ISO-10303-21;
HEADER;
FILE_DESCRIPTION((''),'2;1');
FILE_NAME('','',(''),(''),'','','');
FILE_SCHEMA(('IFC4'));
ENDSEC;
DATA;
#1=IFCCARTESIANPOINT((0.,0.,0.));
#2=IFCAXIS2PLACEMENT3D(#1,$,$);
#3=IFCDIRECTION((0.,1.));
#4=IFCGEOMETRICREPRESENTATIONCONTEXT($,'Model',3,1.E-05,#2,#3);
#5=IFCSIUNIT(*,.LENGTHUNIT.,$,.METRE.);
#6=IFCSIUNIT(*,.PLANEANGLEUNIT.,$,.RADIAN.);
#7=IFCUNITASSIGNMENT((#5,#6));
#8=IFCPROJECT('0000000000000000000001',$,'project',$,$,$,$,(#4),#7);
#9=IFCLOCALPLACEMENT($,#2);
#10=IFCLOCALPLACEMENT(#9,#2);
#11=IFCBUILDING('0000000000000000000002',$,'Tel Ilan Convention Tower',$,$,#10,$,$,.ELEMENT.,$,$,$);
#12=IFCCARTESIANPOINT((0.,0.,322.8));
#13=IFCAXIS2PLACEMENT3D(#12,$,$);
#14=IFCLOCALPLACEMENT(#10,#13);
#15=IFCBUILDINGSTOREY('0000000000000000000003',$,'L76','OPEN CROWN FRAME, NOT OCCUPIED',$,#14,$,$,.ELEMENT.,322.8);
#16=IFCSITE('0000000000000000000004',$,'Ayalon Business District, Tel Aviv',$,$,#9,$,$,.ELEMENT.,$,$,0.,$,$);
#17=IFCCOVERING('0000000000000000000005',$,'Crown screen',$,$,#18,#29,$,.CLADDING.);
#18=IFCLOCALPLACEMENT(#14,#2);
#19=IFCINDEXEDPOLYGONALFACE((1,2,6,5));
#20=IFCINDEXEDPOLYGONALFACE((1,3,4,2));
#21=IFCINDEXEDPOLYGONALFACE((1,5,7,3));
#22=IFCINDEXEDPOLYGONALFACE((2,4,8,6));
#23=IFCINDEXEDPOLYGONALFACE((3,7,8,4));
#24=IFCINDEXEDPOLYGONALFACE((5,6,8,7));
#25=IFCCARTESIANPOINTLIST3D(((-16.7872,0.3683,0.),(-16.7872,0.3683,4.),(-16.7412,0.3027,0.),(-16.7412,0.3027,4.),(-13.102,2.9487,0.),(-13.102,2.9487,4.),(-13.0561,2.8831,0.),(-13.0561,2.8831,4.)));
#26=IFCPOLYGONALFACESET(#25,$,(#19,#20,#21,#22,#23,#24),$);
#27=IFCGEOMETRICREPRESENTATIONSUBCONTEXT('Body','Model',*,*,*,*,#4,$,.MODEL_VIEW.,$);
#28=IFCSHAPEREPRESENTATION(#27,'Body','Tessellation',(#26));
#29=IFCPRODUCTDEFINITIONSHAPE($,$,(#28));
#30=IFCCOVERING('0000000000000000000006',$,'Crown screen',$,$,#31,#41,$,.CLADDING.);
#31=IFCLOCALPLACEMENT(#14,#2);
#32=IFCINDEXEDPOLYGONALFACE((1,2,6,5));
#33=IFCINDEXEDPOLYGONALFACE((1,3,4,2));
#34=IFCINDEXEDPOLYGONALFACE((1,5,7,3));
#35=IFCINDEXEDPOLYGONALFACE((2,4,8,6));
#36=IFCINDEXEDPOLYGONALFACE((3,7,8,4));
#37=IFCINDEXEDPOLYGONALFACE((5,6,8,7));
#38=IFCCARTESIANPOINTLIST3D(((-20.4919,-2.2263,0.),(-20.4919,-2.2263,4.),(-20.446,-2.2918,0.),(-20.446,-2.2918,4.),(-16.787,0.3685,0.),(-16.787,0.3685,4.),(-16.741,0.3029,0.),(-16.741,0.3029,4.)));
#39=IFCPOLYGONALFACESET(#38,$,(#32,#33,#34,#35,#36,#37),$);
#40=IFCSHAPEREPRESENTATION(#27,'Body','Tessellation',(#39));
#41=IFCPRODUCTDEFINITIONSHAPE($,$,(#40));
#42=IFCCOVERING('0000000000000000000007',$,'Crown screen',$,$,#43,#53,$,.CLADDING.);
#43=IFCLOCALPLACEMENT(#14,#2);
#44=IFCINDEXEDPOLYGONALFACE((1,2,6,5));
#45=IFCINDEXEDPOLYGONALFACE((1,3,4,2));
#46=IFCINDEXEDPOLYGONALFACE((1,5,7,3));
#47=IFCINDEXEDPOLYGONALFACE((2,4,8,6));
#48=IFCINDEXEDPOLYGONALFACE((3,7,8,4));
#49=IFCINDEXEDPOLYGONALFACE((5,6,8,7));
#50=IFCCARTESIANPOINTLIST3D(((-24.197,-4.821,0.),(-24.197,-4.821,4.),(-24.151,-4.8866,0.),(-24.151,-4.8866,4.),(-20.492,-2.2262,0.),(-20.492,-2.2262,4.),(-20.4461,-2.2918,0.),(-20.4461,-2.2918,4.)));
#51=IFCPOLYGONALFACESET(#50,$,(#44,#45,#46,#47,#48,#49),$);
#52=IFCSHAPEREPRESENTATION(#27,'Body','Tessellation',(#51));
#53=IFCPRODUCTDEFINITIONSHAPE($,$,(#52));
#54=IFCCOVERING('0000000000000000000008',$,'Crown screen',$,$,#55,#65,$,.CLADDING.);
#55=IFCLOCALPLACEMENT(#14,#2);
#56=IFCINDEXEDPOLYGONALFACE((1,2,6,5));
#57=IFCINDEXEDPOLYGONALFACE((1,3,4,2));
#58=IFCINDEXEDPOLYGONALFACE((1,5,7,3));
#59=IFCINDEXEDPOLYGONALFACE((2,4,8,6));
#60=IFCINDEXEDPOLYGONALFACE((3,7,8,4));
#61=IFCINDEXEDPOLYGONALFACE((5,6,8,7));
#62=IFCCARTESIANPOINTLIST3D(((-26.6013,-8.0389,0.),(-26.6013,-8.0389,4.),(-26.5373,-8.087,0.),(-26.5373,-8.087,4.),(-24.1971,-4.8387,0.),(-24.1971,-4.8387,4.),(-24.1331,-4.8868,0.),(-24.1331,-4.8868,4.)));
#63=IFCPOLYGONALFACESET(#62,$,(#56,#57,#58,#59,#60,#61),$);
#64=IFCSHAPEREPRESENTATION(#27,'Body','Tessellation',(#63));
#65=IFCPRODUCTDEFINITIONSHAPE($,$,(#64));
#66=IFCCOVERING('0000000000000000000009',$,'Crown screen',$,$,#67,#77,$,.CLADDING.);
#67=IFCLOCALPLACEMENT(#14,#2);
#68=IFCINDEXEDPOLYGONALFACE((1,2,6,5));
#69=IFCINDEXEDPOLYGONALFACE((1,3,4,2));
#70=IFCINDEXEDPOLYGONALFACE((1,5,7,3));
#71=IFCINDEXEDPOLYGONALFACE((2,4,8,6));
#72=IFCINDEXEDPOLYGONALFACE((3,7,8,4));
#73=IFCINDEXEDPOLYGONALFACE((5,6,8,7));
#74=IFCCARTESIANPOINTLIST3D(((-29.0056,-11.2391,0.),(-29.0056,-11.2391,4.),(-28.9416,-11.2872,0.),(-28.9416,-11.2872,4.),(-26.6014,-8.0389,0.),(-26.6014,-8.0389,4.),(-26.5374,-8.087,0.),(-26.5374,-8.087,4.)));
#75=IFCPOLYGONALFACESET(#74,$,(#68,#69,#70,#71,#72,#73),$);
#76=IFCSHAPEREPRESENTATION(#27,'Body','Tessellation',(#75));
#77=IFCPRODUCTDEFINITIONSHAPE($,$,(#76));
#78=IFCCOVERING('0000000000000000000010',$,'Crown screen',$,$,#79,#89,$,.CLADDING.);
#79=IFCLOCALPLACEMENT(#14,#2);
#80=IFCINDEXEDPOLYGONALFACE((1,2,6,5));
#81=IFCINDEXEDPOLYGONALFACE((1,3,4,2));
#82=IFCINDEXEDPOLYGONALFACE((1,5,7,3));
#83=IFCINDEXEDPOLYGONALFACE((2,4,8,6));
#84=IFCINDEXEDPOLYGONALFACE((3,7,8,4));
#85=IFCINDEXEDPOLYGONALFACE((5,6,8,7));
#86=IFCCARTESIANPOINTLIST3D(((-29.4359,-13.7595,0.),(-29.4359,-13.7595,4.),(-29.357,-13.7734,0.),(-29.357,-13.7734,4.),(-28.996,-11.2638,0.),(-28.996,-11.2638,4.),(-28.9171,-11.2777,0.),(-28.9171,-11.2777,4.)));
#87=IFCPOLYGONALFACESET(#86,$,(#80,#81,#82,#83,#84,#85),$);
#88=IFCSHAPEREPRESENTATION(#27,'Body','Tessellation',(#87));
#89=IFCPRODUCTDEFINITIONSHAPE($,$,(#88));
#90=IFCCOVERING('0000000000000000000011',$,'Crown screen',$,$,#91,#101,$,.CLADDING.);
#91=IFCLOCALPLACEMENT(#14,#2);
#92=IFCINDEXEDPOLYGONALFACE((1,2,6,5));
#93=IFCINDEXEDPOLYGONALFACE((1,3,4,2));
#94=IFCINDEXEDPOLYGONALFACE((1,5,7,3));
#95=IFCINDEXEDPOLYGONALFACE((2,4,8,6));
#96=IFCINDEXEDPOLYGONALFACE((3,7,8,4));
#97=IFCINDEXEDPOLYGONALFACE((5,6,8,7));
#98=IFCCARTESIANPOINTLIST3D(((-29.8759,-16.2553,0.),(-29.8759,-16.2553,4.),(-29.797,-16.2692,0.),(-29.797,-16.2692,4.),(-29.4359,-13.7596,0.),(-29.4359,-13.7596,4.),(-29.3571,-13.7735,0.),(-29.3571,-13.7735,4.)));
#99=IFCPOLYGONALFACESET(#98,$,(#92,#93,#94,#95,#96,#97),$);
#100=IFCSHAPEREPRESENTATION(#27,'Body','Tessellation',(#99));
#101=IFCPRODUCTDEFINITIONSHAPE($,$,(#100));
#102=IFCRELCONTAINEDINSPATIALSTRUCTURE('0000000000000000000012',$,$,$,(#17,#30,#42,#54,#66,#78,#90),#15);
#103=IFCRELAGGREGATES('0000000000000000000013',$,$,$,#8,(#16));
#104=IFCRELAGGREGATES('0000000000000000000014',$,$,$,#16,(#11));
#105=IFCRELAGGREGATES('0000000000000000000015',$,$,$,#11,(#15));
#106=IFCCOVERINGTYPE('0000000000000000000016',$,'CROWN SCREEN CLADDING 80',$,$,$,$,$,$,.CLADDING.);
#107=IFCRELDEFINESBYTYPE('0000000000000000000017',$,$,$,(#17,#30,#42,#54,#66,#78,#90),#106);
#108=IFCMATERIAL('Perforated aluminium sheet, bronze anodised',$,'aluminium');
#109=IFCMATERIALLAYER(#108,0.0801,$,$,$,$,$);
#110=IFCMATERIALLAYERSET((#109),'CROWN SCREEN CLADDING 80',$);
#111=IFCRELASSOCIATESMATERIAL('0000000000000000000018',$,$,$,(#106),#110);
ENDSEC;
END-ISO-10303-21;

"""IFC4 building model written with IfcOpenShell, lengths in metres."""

from ifc_helpers import new_model, si_unit, direction, frame, origin, origin_2d, place, context, subcontext, project, spatial, rectangle, extrude, material, layer, layer_set, type_object, element, save


model = new_model("IFC4")

# Units and contexts
model_context = context("Model", 3, precision=1e-05, world=origin(), true_north=direction((0.0, 1.0)))
body_context = subcontext(model_context, "Body", "Model", "MODEL_VIEW")
ifc_project = project(units=[si_unit("LENGTHUNIT", "METRE"), si_unit("PLANEANGLEUNIT", "RADIAN")], contexts=[model_context])

# Site, building, storey
site_placement = place(None, origin())
site = spatial("IfcSite", under=ifc_project, at=site_placement, Name="Ayalon Business District, Tel Aviv", CompositionType="ELEMENT", RefElevation=0.0)
building_placement = place(site_placement, origin())
building = spatial("IfcBuilding", under=site, at=building_placement, Name="Tel Ilan Convention Tower", CompositionType="ELEMENT")
storey_placement = place(building_placement, frame((0.0, 0.0, 322.8)))
storey = spatial("IfcBuildingStorey", under=building, at=storey_placement, Name="L76", Description="OPEN CROWN FRAME, NOT OCCUPIED", CompositionType="ELEMENT", Elevation=322.8)

# Coverings
ifc_material_1 = material(Name="Perforated aluminium sheet, bronze anodised", Category="aluminium")
ifc_layer = layer(ifc_material_1, 0.0801)
ifc_layer_set = layer_set([ifc_layer], Name="CROWN SCREEN CLADDING 80")
covering_type = type_object("IfcCoveringType", Name="CROWN SCREEN CLADDING 80", PredefinedType="CLADDING", material=ifc_layer_set)
for number, where, z_axis, x_axis, name in (
    (1, (-14.9216, 1.6257, 0.0), (0.0, 0.0, 1.0), (-0.819148, -0.573582, 0.0), "Crown screen"),
):
    element("IfcCovering", number, at=place(storey_placement, frame(where, z_axis=z_axis, x_axis=x_axis)), inside=storey, type_object=covering_type, Name=name, PredefinedType="CLADDING", context=body_context, shape_type="SweptSolid", body=[
        extrude(rectangle(XDim=4.4988, YDim=0.0801, at=origin_2d()), origin(), (0.0, 0.0, 1.0), 4.0),
    ])
for number, where, z_axis, x_axis, name in (
    (2, (-18.6165, -0.9617, 0.0), (0.0, 0.0, 1.0), (-0.819096, -0.573656, 0.0), "Crown screen"),
    (3, (-22.3215, -3.5564, 0.0), (0.0, 0.0, 1.0), (-0.819096, -0.573656, 0.0), "Crown screen"),
):
    element("IfcCovering", number, at=place(storey_placement, frame(where, z_axis=z_axis, x_axis=x_axis)), inside=storey, type_object=covering_type, Name=name, PredefinedType="CLADDING", context=body_context, shape_type="SweptSolid", body=[
        extrude(rectangle(XDim=4.5232, YDim=0.0801, at=origin_2d()), origin(), (0.0, 0.0, 1.0), 4.0),
    ])
for number, where, z_axis, x_axis, name in (
    (4, (-25.3672, -6.4629, 0.0), (0.0, 0.0, 1.0), (-0.600649, -0.799513, 0.0), "Crown screen"),
    (5, (-27.7715, -9.6631, 0.0), (0.0, 0.0, 1.0), (-0.600649, -0.799513, 0.0), "Crown screen"),
):
    element("IfcCovering", number, at=place(storey_placement, frame(where, z_axis=z_axis, x_axis=x_axis)), inside=storey, type_object=covering_type, Name=name, PredefinedType="CLADDING", context=body_context, shape_type="SweptSolid", body=[
        extrude(rectangle(XDim=4.0027, YDim=0.0801, at=origin_2d()), origin(), (0.0, 0.0, 1.0), 4.0),
    ])
for number, where, z_axis, x_axis, name in (
    (6, (-29.1765, -12.5186, 0.0), (0.0, 0.0, 1.0), (-0.173598, -0.984817, 0.0), "Crown screen"),
    (7, (-29.6165, -15.0144, 0.0), (0.0, 0.0, 1.0), (-0.173598, -0.984817, 0.0), "Crown screen"),
):
    element("IfcCovering", number, at=place(storey_placement, frame(where, z_axis=z_axis, x_axis=x_axis)), inside=storey, type_object=covering_type, Name=name, PredefinedType="CLADDING", context=body_context, shape_type="SweptSolid", body=[
        extrude(rectangle(XDim=2.5342, YDim=0.0801, at=origin_2d()), origin(), (0.0, 0.0, 1.0), 4.0),
    ])

save(model, "model.ifc")
